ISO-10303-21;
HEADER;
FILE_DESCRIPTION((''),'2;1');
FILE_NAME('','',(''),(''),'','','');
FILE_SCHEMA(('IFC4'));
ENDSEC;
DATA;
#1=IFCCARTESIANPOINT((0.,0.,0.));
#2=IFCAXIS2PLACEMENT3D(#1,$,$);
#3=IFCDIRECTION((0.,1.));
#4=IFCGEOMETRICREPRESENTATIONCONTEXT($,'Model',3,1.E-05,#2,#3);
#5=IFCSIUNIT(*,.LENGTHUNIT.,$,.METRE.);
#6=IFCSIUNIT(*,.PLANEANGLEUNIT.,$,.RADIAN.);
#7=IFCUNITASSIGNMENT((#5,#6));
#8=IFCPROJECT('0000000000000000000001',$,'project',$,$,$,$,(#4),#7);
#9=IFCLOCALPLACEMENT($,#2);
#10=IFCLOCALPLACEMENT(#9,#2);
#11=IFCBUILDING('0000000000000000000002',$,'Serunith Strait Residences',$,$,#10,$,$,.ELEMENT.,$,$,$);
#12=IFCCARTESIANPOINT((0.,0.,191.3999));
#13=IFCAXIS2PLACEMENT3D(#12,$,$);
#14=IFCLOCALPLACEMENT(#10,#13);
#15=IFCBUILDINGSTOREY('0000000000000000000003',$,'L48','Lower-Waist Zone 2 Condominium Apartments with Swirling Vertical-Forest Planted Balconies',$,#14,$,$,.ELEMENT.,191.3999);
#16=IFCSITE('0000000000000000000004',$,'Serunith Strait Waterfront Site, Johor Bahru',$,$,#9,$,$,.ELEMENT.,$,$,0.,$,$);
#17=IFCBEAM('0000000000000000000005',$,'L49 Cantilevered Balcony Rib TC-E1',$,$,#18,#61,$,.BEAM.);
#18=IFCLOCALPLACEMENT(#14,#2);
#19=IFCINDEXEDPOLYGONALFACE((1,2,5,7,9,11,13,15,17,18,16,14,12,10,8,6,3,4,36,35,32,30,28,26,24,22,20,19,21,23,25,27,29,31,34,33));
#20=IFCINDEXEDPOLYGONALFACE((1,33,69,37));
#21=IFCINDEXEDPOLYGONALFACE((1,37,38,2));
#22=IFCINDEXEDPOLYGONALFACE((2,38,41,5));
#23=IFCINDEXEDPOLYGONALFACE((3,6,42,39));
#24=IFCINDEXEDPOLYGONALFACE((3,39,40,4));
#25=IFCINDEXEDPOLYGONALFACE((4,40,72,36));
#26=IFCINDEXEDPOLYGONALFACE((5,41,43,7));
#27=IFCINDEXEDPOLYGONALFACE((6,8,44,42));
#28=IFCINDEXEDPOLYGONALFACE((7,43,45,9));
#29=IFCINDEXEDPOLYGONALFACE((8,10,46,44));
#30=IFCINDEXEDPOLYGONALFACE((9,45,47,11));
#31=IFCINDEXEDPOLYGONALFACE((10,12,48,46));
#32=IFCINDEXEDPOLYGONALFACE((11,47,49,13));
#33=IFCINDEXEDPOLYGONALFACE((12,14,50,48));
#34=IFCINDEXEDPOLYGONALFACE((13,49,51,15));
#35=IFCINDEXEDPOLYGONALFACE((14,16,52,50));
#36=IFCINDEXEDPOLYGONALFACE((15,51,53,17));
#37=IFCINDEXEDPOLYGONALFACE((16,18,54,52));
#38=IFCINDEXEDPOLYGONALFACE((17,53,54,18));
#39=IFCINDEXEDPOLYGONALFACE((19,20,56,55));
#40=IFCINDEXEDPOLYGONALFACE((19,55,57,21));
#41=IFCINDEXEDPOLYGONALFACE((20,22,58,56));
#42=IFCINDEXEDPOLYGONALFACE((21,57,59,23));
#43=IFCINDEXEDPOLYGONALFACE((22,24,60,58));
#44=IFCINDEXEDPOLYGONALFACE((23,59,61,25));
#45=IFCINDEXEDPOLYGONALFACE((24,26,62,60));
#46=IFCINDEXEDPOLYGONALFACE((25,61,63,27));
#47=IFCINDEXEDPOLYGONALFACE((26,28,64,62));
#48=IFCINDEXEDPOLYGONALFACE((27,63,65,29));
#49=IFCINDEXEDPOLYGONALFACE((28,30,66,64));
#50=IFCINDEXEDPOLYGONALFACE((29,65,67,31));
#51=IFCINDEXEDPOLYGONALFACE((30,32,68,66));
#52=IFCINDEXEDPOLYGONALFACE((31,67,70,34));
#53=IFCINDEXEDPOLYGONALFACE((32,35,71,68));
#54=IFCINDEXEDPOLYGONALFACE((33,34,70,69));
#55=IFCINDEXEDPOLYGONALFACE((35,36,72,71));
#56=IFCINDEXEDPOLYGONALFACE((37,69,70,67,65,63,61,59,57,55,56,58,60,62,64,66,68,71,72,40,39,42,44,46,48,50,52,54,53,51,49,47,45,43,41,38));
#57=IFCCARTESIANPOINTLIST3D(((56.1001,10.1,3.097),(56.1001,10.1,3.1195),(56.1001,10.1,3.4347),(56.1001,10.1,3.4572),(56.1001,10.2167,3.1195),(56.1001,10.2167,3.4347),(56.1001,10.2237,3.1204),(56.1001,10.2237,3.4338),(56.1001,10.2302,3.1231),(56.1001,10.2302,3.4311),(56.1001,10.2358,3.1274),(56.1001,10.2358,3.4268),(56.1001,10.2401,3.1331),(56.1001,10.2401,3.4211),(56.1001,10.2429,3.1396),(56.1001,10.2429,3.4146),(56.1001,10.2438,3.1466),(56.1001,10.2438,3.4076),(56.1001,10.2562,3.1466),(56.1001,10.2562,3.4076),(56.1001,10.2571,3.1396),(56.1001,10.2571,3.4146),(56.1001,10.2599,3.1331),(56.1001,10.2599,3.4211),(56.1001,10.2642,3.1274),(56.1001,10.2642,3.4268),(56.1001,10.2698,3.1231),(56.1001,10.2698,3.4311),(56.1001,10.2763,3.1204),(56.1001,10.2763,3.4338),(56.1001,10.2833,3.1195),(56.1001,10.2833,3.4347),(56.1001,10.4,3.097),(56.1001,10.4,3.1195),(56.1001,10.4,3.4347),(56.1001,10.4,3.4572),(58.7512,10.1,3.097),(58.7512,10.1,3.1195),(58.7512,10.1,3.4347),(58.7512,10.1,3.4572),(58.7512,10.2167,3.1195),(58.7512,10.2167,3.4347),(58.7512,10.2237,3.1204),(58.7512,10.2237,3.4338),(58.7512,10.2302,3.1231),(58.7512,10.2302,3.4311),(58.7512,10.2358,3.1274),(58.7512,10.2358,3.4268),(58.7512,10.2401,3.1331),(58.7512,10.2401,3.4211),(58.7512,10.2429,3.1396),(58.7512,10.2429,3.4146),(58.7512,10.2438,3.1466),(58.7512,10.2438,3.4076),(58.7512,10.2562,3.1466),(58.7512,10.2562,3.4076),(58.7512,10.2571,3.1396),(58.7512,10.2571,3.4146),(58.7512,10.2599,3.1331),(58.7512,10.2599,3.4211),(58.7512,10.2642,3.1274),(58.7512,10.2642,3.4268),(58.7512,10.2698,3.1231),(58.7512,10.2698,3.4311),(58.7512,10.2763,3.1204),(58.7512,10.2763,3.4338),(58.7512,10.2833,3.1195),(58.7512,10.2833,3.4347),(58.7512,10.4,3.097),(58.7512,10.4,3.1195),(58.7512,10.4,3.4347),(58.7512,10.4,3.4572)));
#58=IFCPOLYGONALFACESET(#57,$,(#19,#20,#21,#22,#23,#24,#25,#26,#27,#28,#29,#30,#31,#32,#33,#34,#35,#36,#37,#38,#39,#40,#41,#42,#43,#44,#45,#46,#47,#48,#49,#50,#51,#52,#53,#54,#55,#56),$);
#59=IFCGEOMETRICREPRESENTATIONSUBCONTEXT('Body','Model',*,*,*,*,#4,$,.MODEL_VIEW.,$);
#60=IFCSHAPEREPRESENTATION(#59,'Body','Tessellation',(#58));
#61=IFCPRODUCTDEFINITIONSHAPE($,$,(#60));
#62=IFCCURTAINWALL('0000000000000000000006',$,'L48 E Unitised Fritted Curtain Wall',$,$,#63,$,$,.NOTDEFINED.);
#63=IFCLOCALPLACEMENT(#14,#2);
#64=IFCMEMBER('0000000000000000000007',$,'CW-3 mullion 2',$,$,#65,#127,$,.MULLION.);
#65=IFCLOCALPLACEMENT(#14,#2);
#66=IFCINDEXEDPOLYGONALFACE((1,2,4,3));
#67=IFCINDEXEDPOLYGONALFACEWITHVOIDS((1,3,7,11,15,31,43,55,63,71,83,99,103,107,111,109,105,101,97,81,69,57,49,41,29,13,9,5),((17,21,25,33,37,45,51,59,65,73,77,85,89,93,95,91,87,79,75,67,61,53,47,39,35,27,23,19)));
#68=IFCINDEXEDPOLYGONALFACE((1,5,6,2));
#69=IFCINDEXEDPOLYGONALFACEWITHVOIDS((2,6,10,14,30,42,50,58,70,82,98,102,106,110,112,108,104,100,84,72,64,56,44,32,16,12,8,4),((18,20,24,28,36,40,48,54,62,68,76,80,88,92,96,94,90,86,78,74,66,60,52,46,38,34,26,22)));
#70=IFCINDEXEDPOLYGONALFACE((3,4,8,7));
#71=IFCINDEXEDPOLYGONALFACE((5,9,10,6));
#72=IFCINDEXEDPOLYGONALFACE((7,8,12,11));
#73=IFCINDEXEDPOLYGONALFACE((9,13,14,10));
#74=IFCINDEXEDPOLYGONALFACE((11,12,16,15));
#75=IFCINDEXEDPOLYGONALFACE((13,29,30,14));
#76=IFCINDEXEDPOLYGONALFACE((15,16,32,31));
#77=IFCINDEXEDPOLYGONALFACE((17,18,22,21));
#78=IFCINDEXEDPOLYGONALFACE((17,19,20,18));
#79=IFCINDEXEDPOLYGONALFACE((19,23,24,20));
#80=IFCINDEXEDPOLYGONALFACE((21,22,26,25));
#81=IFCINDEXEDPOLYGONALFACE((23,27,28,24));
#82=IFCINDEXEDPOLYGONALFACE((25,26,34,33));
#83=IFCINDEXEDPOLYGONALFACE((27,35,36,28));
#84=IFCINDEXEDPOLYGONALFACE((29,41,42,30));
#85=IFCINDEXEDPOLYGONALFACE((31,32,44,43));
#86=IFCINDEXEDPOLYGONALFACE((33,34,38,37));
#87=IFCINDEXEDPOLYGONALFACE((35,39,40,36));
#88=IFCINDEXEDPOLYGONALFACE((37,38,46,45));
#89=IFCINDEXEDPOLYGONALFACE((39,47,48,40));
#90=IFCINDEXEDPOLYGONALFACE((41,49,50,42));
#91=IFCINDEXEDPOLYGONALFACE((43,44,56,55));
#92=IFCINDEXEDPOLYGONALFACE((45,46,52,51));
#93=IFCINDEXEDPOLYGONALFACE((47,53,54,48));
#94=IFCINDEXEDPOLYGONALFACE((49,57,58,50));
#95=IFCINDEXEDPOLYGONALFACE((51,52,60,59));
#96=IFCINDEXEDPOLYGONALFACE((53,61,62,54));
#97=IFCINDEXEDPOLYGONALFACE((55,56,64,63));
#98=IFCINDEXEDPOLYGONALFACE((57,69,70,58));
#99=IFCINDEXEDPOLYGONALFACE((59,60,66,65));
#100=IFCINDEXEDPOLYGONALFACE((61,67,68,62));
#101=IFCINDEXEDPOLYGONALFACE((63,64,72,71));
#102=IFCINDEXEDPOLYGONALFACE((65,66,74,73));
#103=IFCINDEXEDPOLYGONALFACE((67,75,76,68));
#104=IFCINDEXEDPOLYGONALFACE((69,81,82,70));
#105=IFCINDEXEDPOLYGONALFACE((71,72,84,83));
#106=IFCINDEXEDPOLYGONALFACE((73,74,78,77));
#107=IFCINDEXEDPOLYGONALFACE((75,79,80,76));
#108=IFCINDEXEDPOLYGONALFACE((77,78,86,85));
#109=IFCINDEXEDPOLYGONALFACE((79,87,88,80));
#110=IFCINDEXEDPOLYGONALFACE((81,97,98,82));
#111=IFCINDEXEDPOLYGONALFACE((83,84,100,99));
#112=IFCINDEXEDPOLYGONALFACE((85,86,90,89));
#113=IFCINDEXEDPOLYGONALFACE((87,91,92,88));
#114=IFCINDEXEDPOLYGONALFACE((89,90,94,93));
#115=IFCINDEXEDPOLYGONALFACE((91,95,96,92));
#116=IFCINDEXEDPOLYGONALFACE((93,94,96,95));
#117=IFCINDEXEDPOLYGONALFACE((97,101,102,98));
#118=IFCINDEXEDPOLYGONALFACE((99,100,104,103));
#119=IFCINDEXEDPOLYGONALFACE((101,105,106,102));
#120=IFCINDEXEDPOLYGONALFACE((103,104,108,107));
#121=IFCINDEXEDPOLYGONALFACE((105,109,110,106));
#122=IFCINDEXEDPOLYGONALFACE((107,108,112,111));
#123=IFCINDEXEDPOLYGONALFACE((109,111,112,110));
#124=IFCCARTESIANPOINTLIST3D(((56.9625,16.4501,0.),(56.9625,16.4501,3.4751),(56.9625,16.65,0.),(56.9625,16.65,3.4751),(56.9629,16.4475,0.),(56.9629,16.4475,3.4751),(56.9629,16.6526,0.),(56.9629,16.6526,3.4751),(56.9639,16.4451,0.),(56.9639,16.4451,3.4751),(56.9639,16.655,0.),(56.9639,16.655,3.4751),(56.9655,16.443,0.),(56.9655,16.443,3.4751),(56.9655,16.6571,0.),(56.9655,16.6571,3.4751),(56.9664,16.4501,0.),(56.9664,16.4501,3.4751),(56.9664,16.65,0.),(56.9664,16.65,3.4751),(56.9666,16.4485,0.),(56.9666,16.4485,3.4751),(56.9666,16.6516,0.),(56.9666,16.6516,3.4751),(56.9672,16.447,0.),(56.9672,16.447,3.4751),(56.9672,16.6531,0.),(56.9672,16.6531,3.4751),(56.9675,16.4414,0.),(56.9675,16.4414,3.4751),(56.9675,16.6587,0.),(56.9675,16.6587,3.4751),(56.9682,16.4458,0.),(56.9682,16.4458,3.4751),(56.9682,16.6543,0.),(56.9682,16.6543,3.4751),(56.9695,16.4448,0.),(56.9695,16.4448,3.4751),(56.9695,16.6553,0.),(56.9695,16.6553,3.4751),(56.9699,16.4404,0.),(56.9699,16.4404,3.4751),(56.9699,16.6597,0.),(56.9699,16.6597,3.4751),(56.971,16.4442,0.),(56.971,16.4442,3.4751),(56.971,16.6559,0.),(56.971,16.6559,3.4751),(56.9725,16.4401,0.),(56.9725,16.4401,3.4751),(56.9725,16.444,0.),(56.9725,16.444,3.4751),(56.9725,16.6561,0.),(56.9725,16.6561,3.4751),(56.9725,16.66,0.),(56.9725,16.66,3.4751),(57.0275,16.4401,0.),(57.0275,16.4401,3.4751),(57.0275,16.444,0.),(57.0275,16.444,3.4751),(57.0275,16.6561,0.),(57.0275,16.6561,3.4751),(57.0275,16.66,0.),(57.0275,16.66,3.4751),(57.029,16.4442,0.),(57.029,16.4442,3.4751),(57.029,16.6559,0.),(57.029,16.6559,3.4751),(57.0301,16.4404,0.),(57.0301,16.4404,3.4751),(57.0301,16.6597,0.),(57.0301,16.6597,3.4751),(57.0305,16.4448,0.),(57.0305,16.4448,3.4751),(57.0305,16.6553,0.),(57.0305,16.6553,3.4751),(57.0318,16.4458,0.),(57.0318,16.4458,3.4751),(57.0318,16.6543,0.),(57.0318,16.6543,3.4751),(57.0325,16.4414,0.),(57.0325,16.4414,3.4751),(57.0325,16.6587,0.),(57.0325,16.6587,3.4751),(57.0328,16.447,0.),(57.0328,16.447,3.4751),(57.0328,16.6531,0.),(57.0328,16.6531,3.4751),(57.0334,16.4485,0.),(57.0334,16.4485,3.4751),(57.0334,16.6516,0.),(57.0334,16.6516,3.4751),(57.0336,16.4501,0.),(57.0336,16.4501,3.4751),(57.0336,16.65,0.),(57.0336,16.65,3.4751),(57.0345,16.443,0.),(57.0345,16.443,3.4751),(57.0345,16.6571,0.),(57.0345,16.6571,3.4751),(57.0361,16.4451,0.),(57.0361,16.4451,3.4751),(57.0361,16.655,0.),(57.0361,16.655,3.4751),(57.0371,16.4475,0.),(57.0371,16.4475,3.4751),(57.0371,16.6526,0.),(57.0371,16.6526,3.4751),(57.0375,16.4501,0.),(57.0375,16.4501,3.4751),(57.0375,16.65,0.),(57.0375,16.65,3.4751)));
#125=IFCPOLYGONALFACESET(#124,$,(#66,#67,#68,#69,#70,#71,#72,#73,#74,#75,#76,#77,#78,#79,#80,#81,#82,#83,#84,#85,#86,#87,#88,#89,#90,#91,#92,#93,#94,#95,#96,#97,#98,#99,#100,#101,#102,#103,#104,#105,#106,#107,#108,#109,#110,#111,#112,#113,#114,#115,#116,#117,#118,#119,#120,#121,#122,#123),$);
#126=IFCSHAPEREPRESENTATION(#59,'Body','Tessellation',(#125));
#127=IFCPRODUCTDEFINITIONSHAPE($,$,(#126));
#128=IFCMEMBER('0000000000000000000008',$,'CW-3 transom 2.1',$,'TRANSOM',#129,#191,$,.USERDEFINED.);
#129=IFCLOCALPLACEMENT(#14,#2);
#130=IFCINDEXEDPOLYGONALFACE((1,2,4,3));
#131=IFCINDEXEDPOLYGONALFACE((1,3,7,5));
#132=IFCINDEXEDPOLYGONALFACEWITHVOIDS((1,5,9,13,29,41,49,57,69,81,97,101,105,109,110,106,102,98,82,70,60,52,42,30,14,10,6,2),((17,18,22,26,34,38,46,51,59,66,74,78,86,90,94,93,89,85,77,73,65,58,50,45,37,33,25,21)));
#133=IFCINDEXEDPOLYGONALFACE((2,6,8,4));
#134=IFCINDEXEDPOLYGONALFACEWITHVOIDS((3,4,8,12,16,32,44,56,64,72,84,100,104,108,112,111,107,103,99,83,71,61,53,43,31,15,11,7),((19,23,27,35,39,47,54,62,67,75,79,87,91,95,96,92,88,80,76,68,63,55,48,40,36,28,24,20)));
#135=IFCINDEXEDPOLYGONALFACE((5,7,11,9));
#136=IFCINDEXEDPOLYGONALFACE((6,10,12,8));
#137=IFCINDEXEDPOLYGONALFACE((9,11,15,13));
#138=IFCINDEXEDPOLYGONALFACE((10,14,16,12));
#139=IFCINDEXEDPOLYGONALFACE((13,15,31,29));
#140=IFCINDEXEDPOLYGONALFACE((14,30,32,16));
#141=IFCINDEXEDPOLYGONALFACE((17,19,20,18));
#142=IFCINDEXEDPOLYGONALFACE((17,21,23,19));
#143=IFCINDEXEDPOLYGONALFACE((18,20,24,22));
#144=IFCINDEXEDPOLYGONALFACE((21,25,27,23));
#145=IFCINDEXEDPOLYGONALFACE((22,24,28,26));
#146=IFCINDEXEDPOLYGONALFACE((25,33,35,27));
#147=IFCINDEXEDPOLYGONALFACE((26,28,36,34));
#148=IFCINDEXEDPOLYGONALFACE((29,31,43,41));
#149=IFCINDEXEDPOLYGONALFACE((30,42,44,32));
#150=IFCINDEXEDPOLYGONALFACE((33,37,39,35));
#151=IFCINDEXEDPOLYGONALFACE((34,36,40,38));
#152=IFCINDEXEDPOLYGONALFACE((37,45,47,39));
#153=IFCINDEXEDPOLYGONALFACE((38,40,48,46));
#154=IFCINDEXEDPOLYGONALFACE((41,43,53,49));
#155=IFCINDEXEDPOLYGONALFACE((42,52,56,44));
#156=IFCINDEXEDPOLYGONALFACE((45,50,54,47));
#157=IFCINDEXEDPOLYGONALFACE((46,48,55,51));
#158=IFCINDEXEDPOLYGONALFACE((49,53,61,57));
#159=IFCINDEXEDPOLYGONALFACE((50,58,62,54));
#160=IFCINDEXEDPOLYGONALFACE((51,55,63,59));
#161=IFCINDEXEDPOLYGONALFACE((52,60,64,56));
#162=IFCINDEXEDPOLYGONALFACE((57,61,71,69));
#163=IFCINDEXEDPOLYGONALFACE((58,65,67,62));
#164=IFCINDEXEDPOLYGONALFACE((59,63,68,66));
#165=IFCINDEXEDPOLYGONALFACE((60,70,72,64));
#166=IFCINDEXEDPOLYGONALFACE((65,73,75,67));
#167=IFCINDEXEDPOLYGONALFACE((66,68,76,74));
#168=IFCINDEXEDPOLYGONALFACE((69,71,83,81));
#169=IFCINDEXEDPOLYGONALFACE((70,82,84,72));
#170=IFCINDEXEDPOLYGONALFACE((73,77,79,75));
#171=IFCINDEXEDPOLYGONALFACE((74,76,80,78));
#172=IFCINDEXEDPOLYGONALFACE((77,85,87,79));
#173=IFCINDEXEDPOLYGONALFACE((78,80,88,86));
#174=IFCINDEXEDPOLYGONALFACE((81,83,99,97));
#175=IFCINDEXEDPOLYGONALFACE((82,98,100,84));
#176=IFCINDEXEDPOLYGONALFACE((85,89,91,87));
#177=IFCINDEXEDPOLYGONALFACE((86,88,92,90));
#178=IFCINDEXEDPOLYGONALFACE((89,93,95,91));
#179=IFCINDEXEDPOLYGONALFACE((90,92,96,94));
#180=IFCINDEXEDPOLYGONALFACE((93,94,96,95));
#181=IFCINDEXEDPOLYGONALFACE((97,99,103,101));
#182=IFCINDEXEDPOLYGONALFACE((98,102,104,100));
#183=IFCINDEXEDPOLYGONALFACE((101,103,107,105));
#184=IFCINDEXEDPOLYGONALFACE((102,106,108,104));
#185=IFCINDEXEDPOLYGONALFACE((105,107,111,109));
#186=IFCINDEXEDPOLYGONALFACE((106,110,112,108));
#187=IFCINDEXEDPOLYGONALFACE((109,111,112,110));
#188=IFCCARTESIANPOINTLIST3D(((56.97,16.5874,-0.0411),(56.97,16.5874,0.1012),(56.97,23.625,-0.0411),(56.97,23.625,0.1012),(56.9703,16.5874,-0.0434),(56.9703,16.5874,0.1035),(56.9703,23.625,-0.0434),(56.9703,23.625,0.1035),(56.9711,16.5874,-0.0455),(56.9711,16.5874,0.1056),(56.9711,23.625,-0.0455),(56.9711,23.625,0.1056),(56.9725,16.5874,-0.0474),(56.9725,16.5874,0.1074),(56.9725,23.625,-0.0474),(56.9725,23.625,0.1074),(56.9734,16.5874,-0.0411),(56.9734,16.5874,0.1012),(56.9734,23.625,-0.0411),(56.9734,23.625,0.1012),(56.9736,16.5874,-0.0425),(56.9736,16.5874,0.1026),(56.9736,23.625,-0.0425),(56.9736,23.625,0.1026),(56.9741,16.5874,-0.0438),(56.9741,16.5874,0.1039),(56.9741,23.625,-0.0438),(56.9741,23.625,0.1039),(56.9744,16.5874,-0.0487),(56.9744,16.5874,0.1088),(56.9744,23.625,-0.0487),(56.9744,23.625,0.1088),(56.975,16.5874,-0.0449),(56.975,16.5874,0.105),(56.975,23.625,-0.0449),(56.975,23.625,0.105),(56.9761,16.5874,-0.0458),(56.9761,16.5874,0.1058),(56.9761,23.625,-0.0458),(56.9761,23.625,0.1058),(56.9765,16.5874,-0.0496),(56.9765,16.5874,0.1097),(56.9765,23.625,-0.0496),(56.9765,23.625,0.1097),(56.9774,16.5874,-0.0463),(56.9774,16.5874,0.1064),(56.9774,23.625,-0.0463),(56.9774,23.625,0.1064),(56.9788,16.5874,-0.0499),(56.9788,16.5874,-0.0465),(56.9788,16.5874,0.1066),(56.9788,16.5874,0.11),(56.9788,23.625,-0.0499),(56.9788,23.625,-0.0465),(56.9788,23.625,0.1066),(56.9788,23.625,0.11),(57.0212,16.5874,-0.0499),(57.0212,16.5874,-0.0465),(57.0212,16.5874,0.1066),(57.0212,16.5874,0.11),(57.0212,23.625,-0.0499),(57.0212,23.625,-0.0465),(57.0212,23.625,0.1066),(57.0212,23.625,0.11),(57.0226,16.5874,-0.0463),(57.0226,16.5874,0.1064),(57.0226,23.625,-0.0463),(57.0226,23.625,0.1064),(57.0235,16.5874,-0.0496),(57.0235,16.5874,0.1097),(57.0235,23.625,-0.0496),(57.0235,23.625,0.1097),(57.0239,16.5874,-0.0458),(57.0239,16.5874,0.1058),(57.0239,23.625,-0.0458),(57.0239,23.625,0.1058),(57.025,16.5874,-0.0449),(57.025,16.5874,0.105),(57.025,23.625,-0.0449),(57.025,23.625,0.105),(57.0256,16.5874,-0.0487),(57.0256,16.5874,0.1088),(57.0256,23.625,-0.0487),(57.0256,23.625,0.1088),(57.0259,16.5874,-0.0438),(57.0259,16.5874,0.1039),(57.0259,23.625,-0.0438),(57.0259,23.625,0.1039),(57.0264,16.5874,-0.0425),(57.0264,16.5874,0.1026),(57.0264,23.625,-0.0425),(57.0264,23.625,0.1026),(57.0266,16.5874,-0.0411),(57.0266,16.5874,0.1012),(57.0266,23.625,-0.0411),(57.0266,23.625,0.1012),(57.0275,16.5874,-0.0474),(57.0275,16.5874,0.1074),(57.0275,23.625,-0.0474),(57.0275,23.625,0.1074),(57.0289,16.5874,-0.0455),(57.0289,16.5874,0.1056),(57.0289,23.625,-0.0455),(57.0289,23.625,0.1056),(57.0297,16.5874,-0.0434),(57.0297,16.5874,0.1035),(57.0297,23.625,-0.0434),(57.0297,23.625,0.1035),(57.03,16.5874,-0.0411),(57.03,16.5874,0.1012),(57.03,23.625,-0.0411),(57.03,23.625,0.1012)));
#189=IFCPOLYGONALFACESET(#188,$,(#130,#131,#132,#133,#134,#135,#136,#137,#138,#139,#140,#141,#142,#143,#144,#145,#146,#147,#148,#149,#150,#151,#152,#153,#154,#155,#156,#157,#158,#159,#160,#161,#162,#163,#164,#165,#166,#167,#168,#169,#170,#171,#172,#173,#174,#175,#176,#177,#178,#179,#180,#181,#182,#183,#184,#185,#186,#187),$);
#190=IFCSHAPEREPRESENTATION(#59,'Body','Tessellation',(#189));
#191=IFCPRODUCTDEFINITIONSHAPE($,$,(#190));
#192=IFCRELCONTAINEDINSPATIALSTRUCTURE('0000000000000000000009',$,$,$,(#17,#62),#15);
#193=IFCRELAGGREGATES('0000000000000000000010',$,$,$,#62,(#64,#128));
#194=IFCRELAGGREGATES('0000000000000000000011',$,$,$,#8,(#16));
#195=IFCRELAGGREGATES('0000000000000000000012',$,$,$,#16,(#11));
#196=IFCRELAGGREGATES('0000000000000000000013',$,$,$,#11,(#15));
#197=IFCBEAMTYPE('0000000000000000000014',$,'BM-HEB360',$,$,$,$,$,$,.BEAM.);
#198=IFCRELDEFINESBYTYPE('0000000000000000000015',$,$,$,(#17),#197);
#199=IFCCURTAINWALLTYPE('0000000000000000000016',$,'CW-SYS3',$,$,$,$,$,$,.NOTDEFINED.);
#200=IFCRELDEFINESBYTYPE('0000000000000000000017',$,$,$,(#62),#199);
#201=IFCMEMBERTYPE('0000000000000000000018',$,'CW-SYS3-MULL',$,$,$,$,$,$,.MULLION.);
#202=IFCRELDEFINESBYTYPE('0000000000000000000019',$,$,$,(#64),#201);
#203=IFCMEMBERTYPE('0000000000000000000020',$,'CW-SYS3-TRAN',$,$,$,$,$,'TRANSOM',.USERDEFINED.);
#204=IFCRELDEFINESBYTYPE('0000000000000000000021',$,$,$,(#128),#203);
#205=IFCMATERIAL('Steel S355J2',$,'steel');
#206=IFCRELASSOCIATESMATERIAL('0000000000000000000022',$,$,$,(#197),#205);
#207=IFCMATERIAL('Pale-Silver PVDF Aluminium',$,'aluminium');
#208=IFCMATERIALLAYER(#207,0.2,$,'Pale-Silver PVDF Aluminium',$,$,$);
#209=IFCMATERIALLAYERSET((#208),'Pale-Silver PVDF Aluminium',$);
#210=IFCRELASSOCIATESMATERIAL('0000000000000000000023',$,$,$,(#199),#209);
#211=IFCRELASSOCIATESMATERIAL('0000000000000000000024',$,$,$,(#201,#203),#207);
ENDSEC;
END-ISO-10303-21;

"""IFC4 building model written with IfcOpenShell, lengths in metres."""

from ifc_helpers import new_model, si_unit, direction, frame, origin, origin_2d, place, context, subcontext, project, spatial, hollow_rectangle, i_section, extrude, source, transform, mapped, material, layer, layer_set, material_profile, profile_set, type_object, element, aggregate, save


model = new_model("IFC4")

# Units and contexts
model_context = context("Model", 3, precision=1e-05, world=origin(), true_north=direction((0.0, 1.0)))
body_context = subcontext(model_context, "Body", "Model", "MODEL_VIEW")
ifc_project = project(units=[si_unit("LENGTHUNIT", "METRE"), si_unit("PLANEANGLEUNIT", "RADIAN")], contexts=[model_context])

# Site, building, storey
site_placement = place(None, origin())
site = spatial("IfcSite", under=ifc_project, at=site_placement, Name="Serunith Strait Waterfront Site, Johor Bahru", CompositionType="ELEMENT", RefElevation=0.0)
building_placement = place(site_placement, origin())
building = spatial("IfcBuilding", under=site, at=building_placement, Name="Serunith Strait Residences", CompositionType="ELEMENT")
storey_placement = place(building_placement, frame((0.0, 0.0, 191.3999)))
storey = spatial("IfcBuildingStorey", under=building, at=storey_placement, Name="L48", Description="Lower-Waist Zone 2 Condominium Apartments with Swirling Vertical-Forest Planted Balconies", CompositionType="ELEMENT", Elevation=191.3999)

# Beam
ifc_material_1 = material(Name="Steel S355J2", Category="steel")
ifc_material_profile_1 = material_profile(ifc_material_1, i_section(OverallWidth=0.3, OverallDepth=0.3601, WebThickness=0.0125, FlangeThickness=0.0225, FilletRadius=0.0271, at=origin_2d()), Name="HEB 360")
ifc_profile_set_1 = profile_set([ifc_material_profile_1], Name="Steel S355J2")
beam_type_1 = type_object("IfcBeamType", Name="BM-HEB360", PredefinedType="BEAM", material=ifc_profile_set_1)
shared_shape_1 = source(origin(), body_context, "Body", "SweptSolid", [
    extrude(i_section(OverallWidth=0.3, OverallDepth=0.3601, WebThickness=0.0125, FlangeThickness=0.0225, FilletRadius=0.0271, at=origin_2d()), origin(), (0.0, 0.0, 1.0), 2.6511),
])
beam_1_placement = place(storey_placement, frame((56.1001, 10.25, 3.2771), z_axis=(1.0, 0.0, 0.0), x_axis=(0.0, 1.0, 0.0)))
element("IfcBeam", 1, at=beam_1_placement, inside=storey, type_object=beam_type_1, Name="L49 Cantilevered Balcony Rib TC-E1", PredefinedType="BEAM", context=body_context, shape_type="MappedRepresentation", body=[
    mapped(shared_shape_1, transform((0.0, 0.0, 0.0), scale=1.0)),
])

# Curtain wall, members
ifc_material_2 = material(Name="Pale-Silver PVDF Aluminium", Category="aluminium")
ifc_layer_1 = layer(ifc_material_2, 0.2, Name="Pale-Silver PVDF Aluminium")
ifc_layer_set_1 = layer_set([ifc_layer_1], Name="Pale-Silver PVDF Aluminium")
curtain_wall_type = type_object("IfcCurtainWallType", Name="CW-SYS3", PredefinedType="NOTDEFINED", material=ifc_layer_set_1)
curtain_wall_placement = place(storey_placement, origin())
curtain_wall = element("IfcCurtainWall", 2, at=curtain_wall_placement, inside=storey, type_object=curtain_wall_type, Name="L48 E Unitised Fritted Curtain Wall", PredefinedType="NOTDEFINED")
ifc_material_profile_2 = material_profile(ifc_material_2, hollow_rectangle(XDim=0.075, YDim=0.22, WallThickness=0.0039, InnerFilletRadius=0.0061, OuterFilletRadius=0.01, at=origin_2d()), Name="ALU 220x75x4")
ifc_profile_set_2 = profile_set([ifc_material_profile_2], Name="Pale-Silver PVDF Aluminium")
member_type_1 = type_object("IfcMemberType", Name="CW-SYS3-MULL", PredefinedType="MULLION", material=ifc_profile_set_2)
shared_shape_2 = source(origin(), body_context, "Body", "SweptSolid", [
    extrude(hollow_rectangle(XDim=0.075, YDim=0.22, WallThickness=0.0039, InnerFilletRadius=0.0061, OuterFilletRadius=0.01, at=origin_2d()), origin(), (0.0, 0.0, 1.0), 3.4751),
])
member_1_placement = place(storey_placement, frame((57.0, 16.55, 0.0), z_axis=(0.0, 0.0, 1.0), x_axis=(-1.0, 0.0, 0.0)))
member_1 = element("IfcMember", 3, at=member_1_placement, type_object=member_type_1, Name="CW-3 mullion 2", PredefinedType="MULLION", context=body_context, shape_type="MappedRepresentation", body=[
    mapped(shared_shape_2, transform((0.0, 0.0, 0.0), scale=1.0)),
])
ifc_material_profile_3 = material_profile(ifc_material_2, hollow_rectangle(XDim=0.0601, YDim=0.1599, WallThickness=0.0034, InnerFilletRadius=0.0054, OuterFilletRadius=0.0088, at=origin_2d()), Name="ALU 160x60x3.5")
ifc_profile_set_3 = profile_set([ifc_material_profile_3], Name="Pale-Silver PVDF Aluminium")
member_type_2 = type_object("IfcMemberType", Name="CW-SYS3-TRAN", ElementType="TRANSOM", PredefinedType="USERDEFINED", material=ifc_profile_set_3)
shared_shape_3 = source(origin(), body_context, "Body", "SweptSolid", [
    extrude(hollow_rectangle(XDim=0.0601, YDim=0.1599, WallThickness=0.0034, InnerFilletRadius=0.0054, OuterFilletRadius=0.0088, at=origin_2d()), origin(), (0.0, 0.0, 1.0), 7.0376),
])
member_2_placement = place(storey_placement, frame((57.0, 16.5874, 0.03), z_axis=(0.0, 1.0, 0.0), x_axis=(-1.0, 0.0, 0.0)))
member_2 = element("IfcMember", 4, at=member_2_placement, type_object=member_type_2, Name="CW-3 transom 2.1", ObjectType="TRANSOM", PredefinedType="USERDEFINED", context=body_context, shape_type="MappedRepresentation", body=[
    mapped(shared_shape_3, transform((0.0, 0.0, 0.0), scale=1.0)),
])
aggregate(curtain_wall, [member_1, member_2])

save(model, "model.ifc")
